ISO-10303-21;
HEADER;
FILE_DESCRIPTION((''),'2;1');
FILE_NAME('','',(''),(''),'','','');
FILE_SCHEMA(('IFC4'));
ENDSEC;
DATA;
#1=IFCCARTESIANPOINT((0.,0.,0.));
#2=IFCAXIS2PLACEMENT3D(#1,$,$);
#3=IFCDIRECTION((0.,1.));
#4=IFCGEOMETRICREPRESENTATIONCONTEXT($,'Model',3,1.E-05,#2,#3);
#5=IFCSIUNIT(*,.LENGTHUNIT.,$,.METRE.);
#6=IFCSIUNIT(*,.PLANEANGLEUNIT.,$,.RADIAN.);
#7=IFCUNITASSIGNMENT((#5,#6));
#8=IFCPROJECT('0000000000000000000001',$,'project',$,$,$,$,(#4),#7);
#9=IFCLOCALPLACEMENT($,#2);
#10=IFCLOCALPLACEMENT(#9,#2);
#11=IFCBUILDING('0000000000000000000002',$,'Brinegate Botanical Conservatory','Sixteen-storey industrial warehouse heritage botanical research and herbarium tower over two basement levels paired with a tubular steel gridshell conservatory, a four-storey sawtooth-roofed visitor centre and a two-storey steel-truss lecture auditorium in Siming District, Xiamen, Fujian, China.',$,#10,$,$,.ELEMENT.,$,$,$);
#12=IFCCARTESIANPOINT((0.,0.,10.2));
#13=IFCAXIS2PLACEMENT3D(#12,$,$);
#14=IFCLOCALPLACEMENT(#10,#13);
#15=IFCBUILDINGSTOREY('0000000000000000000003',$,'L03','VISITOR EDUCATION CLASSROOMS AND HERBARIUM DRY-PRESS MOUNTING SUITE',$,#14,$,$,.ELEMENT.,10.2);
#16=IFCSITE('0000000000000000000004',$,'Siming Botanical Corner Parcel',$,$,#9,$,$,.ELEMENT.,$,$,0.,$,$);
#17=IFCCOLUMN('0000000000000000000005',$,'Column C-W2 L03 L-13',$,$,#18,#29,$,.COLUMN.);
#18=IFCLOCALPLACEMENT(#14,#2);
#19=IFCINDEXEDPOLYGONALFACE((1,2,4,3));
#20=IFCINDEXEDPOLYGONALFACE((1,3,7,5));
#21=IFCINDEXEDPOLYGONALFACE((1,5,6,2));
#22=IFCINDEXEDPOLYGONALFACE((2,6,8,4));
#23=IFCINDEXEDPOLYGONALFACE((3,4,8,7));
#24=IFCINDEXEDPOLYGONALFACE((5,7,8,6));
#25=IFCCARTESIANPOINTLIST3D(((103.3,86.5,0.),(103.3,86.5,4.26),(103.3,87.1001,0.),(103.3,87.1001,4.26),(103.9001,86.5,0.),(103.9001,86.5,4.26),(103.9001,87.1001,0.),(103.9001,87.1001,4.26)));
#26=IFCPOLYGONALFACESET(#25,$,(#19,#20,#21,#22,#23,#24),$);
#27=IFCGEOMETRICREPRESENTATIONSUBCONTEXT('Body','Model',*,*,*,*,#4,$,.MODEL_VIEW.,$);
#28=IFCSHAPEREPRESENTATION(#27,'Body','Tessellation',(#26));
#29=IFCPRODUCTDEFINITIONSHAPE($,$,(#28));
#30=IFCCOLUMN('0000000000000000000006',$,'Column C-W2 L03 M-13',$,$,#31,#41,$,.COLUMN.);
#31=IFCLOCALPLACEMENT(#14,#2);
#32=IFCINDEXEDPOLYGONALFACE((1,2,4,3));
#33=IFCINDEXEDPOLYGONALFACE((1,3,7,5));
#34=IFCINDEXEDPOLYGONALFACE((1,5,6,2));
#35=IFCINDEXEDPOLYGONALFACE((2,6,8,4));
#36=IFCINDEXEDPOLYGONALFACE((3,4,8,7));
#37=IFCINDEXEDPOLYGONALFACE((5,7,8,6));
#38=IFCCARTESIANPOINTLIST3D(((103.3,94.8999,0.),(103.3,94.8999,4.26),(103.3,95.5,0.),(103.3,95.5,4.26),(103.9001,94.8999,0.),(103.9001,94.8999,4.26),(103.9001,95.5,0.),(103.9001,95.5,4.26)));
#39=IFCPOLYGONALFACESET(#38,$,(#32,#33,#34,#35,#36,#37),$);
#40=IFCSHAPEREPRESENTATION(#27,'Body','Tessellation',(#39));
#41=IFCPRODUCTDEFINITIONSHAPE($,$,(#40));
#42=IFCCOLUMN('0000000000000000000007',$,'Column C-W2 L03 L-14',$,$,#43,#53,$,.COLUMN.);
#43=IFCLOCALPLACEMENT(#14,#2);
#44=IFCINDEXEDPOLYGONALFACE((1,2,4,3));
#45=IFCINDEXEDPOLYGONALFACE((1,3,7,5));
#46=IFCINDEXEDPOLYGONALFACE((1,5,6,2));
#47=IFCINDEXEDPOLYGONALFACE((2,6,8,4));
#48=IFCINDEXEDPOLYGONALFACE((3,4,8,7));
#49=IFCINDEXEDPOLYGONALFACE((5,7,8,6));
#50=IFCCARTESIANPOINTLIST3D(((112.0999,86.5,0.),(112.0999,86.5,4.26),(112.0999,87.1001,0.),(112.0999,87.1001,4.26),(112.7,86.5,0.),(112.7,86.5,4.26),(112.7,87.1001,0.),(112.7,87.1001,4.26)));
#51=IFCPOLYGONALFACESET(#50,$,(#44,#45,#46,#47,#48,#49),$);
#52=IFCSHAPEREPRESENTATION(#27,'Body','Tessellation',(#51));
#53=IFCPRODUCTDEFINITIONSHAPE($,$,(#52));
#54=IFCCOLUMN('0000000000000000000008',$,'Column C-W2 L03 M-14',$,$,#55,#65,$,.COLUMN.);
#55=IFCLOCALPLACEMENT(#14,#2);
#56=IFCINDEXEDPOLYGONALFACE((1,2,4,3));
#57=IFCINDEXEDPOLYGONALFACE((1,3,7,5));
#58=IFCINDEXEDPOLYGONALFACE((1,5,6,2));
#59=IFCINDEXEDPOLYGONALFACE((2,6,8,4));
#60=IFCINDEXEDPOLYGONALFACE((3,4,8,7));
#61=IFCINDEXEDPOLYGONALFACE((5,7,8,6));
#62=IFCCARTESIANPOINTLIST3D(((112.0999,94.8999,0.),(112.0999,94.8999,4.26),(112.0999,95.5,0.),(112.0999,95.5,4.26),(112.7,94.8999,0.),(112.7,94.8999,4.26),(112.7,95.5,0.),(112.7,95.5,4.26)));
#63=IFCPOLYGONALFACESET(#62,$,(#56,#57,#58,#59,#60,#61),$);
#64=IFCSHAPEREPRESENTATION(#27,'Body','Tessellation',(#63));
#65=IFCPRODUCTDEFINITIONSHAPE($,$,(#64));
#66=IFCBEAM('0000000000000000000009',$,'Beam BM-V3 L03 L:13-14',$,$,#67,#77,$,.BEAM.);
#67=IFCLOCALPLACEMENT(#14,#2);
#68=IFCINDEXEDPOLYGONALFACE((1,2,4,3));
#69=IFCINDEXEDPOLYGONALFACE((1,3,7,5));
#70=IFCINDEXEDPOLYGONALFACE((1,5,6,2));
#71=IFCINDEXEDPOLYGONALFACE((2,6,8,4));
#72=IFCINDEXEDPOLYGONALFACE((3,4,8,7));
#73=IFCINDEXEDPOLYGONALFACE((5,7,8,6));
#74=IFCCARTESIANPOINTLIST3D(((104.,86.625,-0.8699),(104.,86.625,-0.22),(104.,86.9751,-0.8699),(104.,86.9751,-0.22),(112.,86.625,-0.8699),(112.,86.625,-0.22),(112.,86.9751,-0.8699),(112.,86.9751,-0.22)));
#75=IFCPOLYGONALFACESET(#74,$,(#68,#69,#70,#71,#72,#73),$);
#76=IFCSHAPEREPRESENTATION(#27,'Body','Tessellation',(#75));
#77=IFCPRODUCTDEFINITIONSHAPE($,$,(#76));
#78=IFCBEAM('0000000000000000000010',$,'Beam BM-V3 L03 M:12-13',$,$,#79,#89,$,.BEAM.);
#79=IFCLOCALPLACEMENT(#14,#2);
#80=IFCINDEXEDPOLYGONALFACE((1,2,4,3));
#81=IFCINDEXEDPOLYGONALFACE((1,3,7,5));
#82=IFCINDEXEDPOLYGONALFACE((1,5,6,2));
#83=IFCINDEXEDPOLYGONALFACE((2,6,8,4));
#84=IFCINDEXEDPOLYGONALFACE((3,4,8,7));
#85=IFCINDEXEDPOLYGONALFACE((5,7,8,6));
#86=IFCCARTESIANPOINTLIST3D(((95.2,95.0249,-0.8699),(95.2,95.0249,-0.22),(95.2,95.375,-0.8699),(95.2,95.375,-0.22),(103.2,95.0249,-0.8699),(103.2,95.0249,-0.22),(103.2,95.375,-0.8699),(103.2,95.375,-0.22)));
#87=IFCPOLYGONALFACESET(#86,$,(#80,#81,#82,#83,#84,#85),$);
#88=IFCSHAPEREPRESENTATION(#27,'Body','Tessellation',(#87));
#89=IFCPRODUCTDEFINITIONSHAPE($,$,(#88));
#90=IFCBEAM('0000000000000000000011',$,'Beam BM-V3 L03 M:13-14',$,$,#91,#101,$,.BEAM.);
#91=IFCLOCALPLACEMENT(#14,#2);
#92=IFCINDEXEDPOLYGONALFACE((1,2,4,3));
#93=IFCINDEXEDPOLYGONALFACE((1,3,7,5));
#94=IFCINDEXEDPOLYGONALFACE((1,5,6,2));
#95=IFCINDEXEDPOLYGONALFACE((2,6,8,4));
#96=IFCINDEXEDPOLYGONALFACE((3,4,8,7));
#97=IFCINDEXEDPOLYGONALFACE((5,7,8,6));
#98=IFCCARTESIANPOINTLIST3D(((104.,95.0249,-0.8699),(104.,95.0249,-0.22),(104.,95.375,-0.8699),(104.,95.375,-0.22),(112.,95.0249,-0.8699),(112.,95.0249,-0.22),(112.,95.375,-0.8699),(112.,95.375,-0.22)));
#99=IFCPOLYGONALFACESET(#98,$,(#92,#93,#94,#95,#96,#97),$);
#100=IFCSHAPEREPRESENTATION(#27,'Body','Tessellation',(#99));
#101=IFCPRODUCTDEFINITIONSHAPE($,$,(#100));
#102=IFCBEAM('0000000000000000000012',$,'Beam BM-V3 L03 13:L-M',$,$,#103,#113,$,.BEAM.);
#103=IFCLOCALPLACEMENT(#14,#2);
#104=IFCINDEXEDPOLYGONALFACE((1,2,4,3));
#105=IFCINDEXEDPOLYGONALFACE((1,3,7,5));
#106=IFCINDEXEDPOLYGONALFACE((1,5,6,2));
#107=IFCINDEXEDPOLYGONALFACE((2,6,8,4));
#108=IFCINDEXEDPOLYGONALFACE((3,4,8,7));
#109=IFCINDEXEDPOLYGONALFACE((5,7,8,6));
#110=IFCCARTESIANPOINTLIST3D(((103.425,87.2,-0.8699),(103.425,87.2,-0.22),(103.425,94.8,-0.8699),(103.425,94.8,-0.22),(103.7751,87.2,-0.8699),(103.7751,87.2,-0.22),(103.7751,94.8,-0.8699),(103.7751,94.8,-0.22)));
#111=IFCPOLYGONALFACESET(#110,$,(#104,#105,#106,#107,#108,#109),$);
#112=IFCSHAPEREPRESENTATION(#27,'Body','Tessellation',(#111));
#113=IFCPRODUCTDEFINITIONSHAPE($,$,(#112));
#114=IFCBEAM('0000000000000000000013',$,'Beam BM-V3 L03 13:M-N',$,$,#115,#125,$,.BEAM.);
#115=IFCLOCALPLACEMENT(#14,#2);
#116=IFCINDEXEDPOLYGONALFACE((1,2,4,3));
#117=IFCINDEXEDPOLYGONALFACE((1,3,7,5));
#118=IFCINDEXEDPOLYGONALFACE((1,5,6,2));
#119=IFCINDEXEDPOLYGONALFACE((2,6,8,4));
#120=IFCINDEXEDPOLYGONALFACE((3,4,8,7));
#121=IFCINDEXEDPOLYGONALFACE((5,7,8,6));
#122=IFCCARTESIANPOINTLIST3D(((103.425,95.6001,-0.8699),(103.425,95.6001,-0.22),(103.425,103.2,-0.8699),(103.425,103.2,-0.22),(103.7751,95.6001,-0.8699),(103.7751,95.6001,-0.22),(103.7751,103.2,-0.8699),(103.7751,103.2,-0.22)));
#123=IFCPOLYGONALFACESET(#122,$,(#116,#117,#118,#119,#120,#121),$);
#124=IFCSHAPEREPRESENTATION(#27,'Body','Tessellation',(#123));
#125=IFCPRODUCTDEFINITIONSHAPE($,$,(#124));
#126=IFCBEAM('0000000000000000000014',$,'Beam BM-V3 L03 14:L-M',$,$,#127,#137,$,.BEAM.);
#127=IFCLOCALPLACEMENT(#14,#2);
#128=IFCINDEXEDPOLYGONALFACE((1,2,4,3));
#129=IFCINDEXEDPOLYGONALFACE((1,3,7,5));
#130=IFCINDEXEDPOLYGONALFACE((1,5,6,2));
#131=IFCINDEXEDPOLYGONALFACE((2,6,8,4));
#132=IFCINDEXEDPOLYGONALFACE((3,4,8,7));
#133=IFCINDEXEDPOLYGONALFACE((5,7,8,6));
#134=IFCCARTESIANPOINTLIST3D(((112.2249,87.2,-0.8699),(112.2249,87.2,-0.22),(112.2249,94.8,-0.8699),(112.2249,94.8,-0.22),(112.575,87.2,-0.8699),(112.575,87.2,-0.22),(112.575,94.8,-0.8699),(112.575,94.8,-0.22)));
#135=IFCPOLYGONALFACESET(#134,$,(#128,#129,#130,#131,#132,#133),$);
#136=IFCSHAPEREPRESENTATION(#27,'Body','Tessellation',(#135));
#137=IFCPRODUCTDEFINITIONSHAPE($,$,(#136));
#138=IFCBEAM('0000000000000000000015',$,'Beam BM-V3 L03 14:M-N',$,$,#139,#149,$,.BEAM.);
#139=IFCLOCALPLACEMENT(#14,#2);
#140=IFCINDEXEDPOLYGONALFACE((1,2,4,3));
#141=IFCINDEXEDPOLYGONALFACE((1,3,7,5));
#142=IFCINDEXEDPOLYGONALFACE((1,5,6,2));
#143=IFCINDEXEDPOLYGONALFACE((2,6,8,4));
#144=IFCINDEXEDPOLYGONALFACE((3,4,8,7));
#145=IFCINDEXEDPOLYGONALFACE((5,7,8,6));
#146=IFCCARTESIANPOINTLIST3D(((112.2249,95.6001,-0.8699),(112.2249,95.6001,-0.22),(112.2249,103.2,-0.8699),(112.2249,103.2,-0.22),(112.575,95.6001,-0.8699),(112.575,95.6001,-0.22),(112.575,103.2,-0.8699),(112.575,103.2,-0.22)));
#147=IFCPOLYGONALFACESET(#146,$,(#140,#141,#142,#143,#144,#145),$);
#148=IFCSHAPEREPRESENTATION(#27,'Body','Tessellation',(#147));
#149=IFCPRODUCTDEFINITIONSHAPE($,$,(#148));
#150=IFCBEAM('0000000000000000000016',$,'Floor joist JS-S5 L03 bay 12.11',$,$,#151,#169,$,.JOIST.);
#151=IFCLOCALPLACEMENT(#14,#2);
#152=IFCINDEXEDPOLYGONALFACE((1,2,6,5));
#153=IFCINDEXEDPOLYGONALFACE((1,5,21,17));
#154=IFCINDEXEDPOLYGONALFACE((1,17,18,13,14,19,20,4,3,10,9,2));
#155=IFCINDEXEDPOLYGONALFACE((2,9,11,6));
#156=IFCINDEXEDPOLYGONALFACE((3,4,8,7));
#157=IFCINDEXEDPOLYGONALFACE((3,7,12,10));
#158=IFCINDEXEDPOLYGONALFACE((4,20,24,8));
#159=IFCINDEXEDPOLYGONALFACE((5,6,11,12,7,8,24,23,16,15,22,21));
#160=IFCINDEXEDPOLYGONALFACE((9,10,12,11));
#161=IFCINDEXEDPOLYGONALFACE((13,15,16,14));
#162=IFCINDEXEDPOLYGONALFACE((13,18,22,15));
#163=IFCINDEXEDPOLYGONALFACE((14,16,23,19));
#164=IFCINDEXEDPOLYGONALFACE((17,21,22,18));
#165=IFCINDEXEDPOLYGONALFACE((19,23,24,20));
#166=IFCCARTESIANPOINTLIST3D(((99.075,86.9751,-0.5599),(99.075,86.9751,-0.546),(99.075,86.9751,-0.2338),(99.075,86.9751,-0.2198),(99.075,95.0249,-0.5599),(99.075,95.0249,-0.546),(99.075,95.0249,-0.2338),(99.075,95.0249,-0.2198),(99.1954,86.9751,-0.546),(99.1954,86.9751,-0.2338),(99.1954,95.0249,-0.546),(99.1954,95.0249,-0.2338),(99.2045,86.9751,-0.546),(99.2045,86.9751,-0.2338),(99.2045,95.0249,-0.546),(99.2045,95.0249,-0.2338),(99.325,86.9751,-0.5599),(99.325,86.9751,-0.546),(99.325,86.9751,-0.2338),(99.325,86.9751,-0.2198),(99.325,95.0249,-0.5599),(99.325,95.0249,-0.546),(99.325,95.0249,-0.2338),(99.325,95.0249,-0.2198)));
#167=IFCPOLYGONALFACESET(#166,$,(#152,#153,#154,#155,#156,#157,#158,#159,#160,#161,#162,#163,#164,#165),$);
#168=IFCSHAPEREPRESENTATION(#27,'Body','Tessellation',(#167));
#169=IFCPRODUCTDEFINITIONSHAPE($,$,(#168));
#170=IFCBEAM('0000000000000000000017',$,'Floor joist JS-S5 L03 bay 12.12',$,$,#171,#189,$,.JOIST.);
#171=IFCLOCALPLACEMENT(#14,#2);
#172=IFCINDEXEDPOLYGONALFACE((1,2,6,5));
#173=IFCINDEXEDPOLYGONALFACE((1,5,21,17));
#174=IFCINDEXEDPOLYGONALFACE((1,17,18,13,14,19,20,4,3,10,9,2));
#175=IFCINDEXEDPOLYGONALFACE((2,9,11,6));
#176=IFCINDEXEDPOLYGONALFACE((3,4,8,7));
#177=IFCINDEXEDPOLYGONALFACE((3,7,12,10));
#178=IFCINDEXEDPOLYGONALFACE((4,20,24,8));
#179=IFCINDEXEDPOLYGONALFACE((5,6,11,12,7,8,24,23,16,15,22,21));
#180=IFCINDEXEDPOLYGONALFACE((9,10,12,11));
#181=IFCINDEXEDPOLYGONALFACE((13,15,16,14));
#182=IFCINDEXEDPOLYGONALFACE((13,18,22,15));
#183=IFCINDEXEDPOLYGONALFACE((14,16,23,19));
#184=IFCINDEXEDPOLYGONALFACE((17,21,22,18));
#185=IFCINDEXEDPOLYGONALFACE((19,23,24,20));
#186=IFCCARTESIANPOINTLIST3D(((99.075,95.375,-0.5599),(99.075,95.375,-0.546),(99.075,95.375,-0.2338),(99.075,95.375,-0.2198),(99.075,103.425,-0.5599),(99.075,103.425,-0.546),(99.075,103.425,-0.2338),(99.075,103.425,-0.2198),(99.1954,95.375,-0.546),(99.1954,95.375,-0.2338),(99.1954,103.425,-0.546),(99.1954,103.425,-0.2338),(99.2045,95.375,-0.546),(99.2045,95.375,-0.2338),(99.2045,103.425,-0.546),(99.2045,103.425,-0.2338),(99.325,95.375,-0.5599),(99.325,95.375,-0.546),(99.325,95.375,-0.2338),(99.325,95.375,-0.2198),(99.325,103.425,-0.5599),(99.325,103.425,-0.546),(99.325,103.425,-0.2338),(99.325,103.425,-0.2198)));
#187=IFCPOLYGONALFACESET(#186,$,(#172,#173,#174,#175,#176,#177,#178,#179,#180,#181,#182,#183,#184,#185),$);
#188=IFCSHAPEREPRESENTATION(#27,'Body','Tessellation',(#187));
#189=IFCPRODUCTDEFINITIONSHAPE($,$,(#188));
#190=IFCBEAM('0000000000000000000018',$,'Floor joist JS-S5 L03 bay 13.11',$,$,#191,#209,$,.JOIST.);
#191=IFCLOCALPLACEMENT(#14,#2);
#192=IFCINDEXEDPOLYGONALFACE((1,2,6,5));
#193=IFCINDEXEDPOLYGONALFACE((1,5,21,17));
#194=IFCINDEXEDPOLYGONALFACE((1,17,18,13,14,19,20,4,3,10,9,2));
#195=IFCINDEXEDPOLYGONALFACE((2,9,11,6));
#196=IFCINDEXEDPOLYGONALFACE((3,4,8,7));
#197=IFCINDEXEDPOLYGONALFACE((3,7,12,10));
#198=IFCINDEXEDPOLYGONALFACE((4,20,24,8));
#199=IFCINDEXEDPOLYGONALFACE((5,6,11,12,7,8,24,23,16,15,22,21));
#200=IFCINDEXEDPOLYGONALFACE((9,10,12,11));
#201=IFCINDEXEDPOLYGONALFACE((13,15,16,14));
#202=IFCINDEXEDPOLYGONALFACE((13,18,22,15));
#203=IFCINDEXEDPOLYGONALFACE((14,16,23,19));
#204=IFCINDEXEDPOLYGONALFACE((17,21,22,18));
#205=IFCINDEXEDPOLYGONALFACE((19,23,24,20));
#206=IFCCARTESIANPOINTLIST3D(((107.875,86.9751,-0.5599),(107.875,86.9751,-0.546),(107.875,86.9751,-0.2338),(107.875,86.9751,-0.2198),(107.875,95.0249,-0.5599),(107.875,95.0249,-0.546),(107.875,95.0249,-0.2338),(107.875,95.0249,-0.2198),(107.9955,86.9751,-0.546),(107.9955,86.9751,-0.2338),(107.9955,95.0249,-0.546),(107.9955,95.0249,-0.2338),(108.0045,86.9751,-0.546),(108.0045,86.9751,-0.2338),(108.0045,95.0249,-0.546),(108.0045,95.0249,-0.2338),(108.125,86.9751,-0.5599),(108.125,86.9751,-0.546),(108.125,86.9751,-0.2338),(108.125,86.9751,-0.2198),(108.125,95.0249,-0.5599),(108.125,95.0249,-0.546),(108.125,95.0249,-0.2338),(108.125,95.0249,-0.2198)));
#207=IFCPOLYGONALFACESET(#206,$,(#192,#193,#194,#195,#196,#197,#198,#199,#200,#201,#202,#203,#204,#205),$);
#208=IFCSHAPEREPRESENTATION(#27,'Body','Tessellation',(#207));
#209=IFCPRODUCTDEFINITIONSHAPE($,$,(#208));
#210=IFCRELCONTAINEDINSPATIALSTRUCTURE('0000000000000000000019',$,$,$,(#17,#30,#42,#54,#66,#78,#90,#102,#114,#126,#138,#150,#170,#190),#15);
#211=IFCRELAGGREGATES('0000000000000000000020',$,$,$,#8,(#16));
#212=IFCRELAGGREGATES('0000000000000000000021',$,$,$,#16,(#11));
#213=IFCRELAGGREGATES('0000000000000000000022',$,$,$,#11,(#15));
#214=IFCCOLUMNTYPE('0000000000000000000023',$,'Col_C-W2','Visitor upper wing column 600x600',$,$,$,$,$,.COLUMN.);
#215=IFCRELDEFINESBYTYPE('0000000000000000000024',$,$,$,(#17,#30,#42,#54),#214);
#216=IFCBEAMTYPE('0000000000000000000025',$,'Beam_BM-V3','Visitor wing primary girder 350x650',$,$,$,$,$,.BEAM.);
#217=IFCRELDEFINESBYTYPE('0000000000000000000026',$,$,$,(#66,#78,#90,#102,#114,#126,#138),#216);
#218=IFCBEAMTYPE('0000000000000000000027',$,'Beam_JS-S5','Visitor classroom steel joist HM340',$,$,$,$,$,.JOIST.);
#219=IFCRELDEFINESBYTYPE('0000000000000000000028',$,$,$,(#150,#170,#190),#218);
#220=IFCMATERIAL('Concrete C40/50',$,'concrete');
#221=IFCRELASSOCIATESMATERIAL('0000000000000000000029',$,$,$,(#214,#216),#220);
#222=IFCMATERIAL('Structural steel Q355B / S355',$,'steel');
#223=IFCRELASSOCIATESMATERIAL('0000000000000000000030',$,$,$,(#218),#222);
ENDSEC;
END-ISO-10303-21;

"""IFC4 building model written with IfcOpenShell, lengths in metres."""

from ifc_helpers import new_model, si_unit, direction, frame, origin, origin_2d, place, context, subcontext, project, spatial, rectangle, i_section, extrude, material, material_profile, profile_set, type_object, element, save


model = new_model("IFC4")

# Units and contexts
model_context = context("Model", 3, precision=1e-05, world=origin(), true_north=direction((0.0, 1.0)))
body_context = subcontext(model_context, "Body", "Model", "MODEL_VIEW")
ifc_project = project(units=[si_unit("LENGTHUNIT", "METRE"), si_unit("PLANEANGLEUNIT", "RADIAN")], contexts=[model_context])

# Site, building, storey
site_placement = place(None, origin())
site = spatial("IfcSite", under=ifc_project, at=site_placement, Name="Siming Botanical Corner Parcel", CompositionType="ELEMENT", RefElevation=0.0)
building_placement = place(site_placement, origin())
building = spatial("IfcBuilding", under=site, at=building_placement, Name="Brinegate Botanical Conservatory", Description="Sixteen-storey industrial warehouse heritage botanical research and herbarium tower over two basement levels paired with a tubular steel gridshell conservatory, a four-storey sawtooth-roofed visitor centre and a two-storey steel-truss lecture auditorium in Siming District, Xiamen, Fujian, China.", CompositionType="ELEMENT")
storey_placement = place(building_placement, frame((0.0, 0.0, 10.2)))
storey = spatial("IfcBuildingStorey", under=building, at=storey_placement, Name="L03", Description="VISITOR EDUCATION CLASSROOMS AND HERBARIUM DRY-PRESS MOUNTING SUITE", CompositionType="ELEMENT", Elevation=10.2)

# Columns
ifc_material_1 = material(Name="Concrete C40/50", Category="concrete")
ifc_material_profile_1 = material_profile(ifc_material_1, rectangle(XDim=0.6001, YDim=0.6001, at=origin_2d()), Name="RC COL 600x600")
ifc_profile_set_1 = profile_set([ifc_material_profile_1], Name="Concrete C40/50")
column_type = type_object("IfcColumnType", Name="Col_C-W2", Description="Visitor upper wing column 600x600", PredefinedType="COLUMN", material=ifc_profile_set_1)
for number, where, z_axis, x_axis, name in (
    (1, (103.6001, 86.8, 0.0), (0.0, 0.0, 1.0), (1.0, 0.0, 0.0), "Column C-W2 L03 L-13"),
    (2, (103.6001, 95.2, 0.0), (0.0, 0.0, 1.0), (1.0, 0.0, 0.0), "Column C-W2 L03 M-13"),
    (3, (112.3999, 86.8, 0.0), (0.0, 0.0, 1.0), (1.0, 0.0, 0.0), "Column C-W2 L03 L-14"),
    (4, (112.3999, 95.2, 0.0), (0.0, 0.0, 1.0), (1.0, 0.0, 0.0), "Column C-W2 L03 M-14"),
):
    element("IfcColumn", number, at=place(storey_placement, frame(where, z_axis=z_axis, x_axis=x_axis)), inside=storey, type_object=column_type, Name=name, PredefinedType="COLUMN", context=body_context, shape_type="SweptSolid", body=[
        extrude(rectangle(XDim=0.6001, YDim=0.6001, at=origin_2d()), origin(), (0.0, 0.0, 1.0), 4.26),
    ])

# Beams
ifc_material_profile_2 = material_profile(ifc_material_1, rectangle(XDim=0.3501, YDim=0.6499, at=origin_2d()), Name="RC BM 350x650")
ifc_profile_set_2 = profile_set([ifc_material_profile_2], Name="Concrete C40/50")
beam_type_1 = type_object("IfcBeamType", Name="Beam_BM-V3", Description="Visitor wing primary girder 350x650", PredefinedType="BEAM", material=ifc_profile_set_2)
for number, where, z_axis, x_axis, name in (
    (5, (104.0, 86.8, -0.5449), (1.0, 0.0, 0.0), (0.0, 1.0, 0.0), "Beam BM-V3 L03 L:13-14"),
    (6, (95.2, 95.2, -0.5449), (1.0, 0.0, 0.0), (0.0, 1.0, 0.0), "Beam BM-V3 L03 M:12-13"),
    (7, (104.0, 95.2, -0.5449), (1.0, 0.0, 0.0), (0.0, 1.0, 0.0), "Beam BM-V3 L03 M:13-14"),
):
    element("IfcBeam", number, at=place(storey_placement, frame(where, z_axis=z_axis, x_axis=x_axis)), inside=storey, type_object=beam_type_1, Name=name, PredefinedType="BEAM", context=body_context, shape_type="SweptSolid", body=[
        extrude(rectangle(XDim=0.3501, YDim=0.6499, at=origin_2d()), origin(), (0.0, 0.0, 1.0), 8.0),
    ])
beam_1_placement = place(storey_placement, frame((103.6001, 87.2, -0.5449), z_axis=(0.0, 1.0, 0.0), x_axis=(-1.0, 0.0, 0.0)))
element("IfcBeam", 8, at=beam_1_placement, inside=storey, type_object=beam_type_1, Name="Beam BM-V3 L03 13:L-M", PredefinedType="BEAM", context=body_context, shape_type="SweptSolid", body=[
    extrude(rectangle(XDim=0.3501, YDim=0.6499, at=origin_2d()), origin(), (0.0, 0.0, 1.0), 7.6001),
])
beam_2_placement = place(storey_placement, frame((103.6001, 95.6001, -0.5449), z_axis=(0.0, 1.0, 0.0), x_axis=(-1.0, 0.0, 0.0)))
element("IfcBeam", 9, at=beam_2_placement, inside=storey, type_object=beam_type_1, Name="Beam BM-V3 L03 13:M-N", PredefinedType="BEAM", context=body_context, shape_type="SweptSolid", body=[
    extrude(rectangle(XDim=0.3501, YDim=0.6499, at=origin_2d()), origin(), (0.0, 0.0, 1.0), 7.5999),
])
beam_3_placement = place(storey_placement, frame((112.3999, 87.2, -0.5449), z_axis=(0.0, 1.0, 0.0), x_axis=(-1.0, 0.0, 0.0)))
element("IfcBeam", 10, at=beam_3_placement, inside=storey, type_object=beam_type_1, Name="Beam BM-V3 L03 14:L-M", PredefinedType="BEAM", context=body_context, shape_type="SweptSolid", body=[
    extrude(rectangle(XDim=0.3501, YDim=0.6499, at=origin_2d()), origin(), (0.0, 0.0, 1.0), 7.6001),
])
beam_4_placement = place(storey_placement, frame((112.3999, 95.6001, -0.5449), z_axis=(0.0, 1.0, 0.0), x_axis=(-1.0, 0.0, 0.0)))
element("IfcBeam", 11, at=beam_4_placement, inside=storey, type_object=beam_type_1, Name="Beam BM-V3 L03 14:M-N", PredefinedType="BEAM", context=body_context, shape_type="SweptSolid", body=[
    extrude(rectangle(XDim=0.3501, YDim=0.6499, at=origin_2d()), origin(), (0.0, 0.0, 1.0), 7.5999),
])
ifc_material_2 = material(Name="Structural steel Q355B / S355", Category="steel")
ifc_material_profile_3 = material_profile(ifc_material_2, i_section(OverallWidth=0.25, OverallDepth=0.3401, WebThickness=0.009, FlangeThickness=0.0139, at=origin_2d()), Name="HM 340x250x9x14")
ifc_profile_set_3 = profile_set([ifc_material_profile_3], Name="Structural steel Q355B / S355")
beam_type_2 = type_object("IfcBeamType", Name="Beam_JS-S5", Description="Visitor classroom steel joist HM340", PredefinedType="JOIST", material=ifc_profile_set_3)
beam_5_placement = place(storey_placement, frame((99.2, 86.9751, -0.3899), z_axis=(0.0, 1.0, 0.0), x_axis=(-1.0, 0.0, 0.0)))
element("IfcBeam", 12, at=beam_5_placement, inside=storey, type_object=beam_type_2, Name="Floor joist JS-S5 L03 bay 12.11", PredefinedType="JOIST", context=body_context, shape_type="SweptSolid", body=[
    extrude(i_section(OverallWidth=0.25, OverallDepth=0.3401, WebThickness=0.009, FlangeThickness=0.0139, at=origin_2d()), origin(), (0.0, 0.0, 1.0), 8.0498),
])
beam_6_placement = place(storey_placement, frame((99.2, 95.375, -0.3899), z_axis=(0.0, 1.0, 0.0), x_axis=(-1.0, 0.0, 0.0)))
element("IfcBeam", 13, at=beam_6_placement, inside=storey, type_object=beam_type_2, Name="Floor joist JS-S5 L03 bay 12.12", PredefinedType="JOIST", context=body_context, shape_type="SweptSolid", body=[
    extrude(i_section(OverallWidth=0.25, OverallDepth=0.3401, WebThickness=0.009, FlangeThickness=0.0139, at=origin_2d()), origin(), (0.0, 0.0, 1.0), 8.05),
])
beam_7_placement = place(storey_placement, frame((108.0, 86.9751, -0.3899), z_axis=(0.0, 1.0, 0.0), x_axis=(-1.0, 0.0, 0.0)))
element("IfcBeam", 14, at=beam_7_placement, inside=storey, type_object=beam_type_2, Name="Floor joist JS-S5 L03 bay 13.11", PredefinedType="JOIST", context=body_context, shape_type="SweptSolid", body=[
    extrude(i_section(OverallWidth=0.25, OverallDepth=0.3401, WebThickness=0.009, FlangeThickness=0.0139, at=origin_2d()), origin(), (0.0, 0.0, 1.0), 8.0498),
])

save(model, "model.ifc")
